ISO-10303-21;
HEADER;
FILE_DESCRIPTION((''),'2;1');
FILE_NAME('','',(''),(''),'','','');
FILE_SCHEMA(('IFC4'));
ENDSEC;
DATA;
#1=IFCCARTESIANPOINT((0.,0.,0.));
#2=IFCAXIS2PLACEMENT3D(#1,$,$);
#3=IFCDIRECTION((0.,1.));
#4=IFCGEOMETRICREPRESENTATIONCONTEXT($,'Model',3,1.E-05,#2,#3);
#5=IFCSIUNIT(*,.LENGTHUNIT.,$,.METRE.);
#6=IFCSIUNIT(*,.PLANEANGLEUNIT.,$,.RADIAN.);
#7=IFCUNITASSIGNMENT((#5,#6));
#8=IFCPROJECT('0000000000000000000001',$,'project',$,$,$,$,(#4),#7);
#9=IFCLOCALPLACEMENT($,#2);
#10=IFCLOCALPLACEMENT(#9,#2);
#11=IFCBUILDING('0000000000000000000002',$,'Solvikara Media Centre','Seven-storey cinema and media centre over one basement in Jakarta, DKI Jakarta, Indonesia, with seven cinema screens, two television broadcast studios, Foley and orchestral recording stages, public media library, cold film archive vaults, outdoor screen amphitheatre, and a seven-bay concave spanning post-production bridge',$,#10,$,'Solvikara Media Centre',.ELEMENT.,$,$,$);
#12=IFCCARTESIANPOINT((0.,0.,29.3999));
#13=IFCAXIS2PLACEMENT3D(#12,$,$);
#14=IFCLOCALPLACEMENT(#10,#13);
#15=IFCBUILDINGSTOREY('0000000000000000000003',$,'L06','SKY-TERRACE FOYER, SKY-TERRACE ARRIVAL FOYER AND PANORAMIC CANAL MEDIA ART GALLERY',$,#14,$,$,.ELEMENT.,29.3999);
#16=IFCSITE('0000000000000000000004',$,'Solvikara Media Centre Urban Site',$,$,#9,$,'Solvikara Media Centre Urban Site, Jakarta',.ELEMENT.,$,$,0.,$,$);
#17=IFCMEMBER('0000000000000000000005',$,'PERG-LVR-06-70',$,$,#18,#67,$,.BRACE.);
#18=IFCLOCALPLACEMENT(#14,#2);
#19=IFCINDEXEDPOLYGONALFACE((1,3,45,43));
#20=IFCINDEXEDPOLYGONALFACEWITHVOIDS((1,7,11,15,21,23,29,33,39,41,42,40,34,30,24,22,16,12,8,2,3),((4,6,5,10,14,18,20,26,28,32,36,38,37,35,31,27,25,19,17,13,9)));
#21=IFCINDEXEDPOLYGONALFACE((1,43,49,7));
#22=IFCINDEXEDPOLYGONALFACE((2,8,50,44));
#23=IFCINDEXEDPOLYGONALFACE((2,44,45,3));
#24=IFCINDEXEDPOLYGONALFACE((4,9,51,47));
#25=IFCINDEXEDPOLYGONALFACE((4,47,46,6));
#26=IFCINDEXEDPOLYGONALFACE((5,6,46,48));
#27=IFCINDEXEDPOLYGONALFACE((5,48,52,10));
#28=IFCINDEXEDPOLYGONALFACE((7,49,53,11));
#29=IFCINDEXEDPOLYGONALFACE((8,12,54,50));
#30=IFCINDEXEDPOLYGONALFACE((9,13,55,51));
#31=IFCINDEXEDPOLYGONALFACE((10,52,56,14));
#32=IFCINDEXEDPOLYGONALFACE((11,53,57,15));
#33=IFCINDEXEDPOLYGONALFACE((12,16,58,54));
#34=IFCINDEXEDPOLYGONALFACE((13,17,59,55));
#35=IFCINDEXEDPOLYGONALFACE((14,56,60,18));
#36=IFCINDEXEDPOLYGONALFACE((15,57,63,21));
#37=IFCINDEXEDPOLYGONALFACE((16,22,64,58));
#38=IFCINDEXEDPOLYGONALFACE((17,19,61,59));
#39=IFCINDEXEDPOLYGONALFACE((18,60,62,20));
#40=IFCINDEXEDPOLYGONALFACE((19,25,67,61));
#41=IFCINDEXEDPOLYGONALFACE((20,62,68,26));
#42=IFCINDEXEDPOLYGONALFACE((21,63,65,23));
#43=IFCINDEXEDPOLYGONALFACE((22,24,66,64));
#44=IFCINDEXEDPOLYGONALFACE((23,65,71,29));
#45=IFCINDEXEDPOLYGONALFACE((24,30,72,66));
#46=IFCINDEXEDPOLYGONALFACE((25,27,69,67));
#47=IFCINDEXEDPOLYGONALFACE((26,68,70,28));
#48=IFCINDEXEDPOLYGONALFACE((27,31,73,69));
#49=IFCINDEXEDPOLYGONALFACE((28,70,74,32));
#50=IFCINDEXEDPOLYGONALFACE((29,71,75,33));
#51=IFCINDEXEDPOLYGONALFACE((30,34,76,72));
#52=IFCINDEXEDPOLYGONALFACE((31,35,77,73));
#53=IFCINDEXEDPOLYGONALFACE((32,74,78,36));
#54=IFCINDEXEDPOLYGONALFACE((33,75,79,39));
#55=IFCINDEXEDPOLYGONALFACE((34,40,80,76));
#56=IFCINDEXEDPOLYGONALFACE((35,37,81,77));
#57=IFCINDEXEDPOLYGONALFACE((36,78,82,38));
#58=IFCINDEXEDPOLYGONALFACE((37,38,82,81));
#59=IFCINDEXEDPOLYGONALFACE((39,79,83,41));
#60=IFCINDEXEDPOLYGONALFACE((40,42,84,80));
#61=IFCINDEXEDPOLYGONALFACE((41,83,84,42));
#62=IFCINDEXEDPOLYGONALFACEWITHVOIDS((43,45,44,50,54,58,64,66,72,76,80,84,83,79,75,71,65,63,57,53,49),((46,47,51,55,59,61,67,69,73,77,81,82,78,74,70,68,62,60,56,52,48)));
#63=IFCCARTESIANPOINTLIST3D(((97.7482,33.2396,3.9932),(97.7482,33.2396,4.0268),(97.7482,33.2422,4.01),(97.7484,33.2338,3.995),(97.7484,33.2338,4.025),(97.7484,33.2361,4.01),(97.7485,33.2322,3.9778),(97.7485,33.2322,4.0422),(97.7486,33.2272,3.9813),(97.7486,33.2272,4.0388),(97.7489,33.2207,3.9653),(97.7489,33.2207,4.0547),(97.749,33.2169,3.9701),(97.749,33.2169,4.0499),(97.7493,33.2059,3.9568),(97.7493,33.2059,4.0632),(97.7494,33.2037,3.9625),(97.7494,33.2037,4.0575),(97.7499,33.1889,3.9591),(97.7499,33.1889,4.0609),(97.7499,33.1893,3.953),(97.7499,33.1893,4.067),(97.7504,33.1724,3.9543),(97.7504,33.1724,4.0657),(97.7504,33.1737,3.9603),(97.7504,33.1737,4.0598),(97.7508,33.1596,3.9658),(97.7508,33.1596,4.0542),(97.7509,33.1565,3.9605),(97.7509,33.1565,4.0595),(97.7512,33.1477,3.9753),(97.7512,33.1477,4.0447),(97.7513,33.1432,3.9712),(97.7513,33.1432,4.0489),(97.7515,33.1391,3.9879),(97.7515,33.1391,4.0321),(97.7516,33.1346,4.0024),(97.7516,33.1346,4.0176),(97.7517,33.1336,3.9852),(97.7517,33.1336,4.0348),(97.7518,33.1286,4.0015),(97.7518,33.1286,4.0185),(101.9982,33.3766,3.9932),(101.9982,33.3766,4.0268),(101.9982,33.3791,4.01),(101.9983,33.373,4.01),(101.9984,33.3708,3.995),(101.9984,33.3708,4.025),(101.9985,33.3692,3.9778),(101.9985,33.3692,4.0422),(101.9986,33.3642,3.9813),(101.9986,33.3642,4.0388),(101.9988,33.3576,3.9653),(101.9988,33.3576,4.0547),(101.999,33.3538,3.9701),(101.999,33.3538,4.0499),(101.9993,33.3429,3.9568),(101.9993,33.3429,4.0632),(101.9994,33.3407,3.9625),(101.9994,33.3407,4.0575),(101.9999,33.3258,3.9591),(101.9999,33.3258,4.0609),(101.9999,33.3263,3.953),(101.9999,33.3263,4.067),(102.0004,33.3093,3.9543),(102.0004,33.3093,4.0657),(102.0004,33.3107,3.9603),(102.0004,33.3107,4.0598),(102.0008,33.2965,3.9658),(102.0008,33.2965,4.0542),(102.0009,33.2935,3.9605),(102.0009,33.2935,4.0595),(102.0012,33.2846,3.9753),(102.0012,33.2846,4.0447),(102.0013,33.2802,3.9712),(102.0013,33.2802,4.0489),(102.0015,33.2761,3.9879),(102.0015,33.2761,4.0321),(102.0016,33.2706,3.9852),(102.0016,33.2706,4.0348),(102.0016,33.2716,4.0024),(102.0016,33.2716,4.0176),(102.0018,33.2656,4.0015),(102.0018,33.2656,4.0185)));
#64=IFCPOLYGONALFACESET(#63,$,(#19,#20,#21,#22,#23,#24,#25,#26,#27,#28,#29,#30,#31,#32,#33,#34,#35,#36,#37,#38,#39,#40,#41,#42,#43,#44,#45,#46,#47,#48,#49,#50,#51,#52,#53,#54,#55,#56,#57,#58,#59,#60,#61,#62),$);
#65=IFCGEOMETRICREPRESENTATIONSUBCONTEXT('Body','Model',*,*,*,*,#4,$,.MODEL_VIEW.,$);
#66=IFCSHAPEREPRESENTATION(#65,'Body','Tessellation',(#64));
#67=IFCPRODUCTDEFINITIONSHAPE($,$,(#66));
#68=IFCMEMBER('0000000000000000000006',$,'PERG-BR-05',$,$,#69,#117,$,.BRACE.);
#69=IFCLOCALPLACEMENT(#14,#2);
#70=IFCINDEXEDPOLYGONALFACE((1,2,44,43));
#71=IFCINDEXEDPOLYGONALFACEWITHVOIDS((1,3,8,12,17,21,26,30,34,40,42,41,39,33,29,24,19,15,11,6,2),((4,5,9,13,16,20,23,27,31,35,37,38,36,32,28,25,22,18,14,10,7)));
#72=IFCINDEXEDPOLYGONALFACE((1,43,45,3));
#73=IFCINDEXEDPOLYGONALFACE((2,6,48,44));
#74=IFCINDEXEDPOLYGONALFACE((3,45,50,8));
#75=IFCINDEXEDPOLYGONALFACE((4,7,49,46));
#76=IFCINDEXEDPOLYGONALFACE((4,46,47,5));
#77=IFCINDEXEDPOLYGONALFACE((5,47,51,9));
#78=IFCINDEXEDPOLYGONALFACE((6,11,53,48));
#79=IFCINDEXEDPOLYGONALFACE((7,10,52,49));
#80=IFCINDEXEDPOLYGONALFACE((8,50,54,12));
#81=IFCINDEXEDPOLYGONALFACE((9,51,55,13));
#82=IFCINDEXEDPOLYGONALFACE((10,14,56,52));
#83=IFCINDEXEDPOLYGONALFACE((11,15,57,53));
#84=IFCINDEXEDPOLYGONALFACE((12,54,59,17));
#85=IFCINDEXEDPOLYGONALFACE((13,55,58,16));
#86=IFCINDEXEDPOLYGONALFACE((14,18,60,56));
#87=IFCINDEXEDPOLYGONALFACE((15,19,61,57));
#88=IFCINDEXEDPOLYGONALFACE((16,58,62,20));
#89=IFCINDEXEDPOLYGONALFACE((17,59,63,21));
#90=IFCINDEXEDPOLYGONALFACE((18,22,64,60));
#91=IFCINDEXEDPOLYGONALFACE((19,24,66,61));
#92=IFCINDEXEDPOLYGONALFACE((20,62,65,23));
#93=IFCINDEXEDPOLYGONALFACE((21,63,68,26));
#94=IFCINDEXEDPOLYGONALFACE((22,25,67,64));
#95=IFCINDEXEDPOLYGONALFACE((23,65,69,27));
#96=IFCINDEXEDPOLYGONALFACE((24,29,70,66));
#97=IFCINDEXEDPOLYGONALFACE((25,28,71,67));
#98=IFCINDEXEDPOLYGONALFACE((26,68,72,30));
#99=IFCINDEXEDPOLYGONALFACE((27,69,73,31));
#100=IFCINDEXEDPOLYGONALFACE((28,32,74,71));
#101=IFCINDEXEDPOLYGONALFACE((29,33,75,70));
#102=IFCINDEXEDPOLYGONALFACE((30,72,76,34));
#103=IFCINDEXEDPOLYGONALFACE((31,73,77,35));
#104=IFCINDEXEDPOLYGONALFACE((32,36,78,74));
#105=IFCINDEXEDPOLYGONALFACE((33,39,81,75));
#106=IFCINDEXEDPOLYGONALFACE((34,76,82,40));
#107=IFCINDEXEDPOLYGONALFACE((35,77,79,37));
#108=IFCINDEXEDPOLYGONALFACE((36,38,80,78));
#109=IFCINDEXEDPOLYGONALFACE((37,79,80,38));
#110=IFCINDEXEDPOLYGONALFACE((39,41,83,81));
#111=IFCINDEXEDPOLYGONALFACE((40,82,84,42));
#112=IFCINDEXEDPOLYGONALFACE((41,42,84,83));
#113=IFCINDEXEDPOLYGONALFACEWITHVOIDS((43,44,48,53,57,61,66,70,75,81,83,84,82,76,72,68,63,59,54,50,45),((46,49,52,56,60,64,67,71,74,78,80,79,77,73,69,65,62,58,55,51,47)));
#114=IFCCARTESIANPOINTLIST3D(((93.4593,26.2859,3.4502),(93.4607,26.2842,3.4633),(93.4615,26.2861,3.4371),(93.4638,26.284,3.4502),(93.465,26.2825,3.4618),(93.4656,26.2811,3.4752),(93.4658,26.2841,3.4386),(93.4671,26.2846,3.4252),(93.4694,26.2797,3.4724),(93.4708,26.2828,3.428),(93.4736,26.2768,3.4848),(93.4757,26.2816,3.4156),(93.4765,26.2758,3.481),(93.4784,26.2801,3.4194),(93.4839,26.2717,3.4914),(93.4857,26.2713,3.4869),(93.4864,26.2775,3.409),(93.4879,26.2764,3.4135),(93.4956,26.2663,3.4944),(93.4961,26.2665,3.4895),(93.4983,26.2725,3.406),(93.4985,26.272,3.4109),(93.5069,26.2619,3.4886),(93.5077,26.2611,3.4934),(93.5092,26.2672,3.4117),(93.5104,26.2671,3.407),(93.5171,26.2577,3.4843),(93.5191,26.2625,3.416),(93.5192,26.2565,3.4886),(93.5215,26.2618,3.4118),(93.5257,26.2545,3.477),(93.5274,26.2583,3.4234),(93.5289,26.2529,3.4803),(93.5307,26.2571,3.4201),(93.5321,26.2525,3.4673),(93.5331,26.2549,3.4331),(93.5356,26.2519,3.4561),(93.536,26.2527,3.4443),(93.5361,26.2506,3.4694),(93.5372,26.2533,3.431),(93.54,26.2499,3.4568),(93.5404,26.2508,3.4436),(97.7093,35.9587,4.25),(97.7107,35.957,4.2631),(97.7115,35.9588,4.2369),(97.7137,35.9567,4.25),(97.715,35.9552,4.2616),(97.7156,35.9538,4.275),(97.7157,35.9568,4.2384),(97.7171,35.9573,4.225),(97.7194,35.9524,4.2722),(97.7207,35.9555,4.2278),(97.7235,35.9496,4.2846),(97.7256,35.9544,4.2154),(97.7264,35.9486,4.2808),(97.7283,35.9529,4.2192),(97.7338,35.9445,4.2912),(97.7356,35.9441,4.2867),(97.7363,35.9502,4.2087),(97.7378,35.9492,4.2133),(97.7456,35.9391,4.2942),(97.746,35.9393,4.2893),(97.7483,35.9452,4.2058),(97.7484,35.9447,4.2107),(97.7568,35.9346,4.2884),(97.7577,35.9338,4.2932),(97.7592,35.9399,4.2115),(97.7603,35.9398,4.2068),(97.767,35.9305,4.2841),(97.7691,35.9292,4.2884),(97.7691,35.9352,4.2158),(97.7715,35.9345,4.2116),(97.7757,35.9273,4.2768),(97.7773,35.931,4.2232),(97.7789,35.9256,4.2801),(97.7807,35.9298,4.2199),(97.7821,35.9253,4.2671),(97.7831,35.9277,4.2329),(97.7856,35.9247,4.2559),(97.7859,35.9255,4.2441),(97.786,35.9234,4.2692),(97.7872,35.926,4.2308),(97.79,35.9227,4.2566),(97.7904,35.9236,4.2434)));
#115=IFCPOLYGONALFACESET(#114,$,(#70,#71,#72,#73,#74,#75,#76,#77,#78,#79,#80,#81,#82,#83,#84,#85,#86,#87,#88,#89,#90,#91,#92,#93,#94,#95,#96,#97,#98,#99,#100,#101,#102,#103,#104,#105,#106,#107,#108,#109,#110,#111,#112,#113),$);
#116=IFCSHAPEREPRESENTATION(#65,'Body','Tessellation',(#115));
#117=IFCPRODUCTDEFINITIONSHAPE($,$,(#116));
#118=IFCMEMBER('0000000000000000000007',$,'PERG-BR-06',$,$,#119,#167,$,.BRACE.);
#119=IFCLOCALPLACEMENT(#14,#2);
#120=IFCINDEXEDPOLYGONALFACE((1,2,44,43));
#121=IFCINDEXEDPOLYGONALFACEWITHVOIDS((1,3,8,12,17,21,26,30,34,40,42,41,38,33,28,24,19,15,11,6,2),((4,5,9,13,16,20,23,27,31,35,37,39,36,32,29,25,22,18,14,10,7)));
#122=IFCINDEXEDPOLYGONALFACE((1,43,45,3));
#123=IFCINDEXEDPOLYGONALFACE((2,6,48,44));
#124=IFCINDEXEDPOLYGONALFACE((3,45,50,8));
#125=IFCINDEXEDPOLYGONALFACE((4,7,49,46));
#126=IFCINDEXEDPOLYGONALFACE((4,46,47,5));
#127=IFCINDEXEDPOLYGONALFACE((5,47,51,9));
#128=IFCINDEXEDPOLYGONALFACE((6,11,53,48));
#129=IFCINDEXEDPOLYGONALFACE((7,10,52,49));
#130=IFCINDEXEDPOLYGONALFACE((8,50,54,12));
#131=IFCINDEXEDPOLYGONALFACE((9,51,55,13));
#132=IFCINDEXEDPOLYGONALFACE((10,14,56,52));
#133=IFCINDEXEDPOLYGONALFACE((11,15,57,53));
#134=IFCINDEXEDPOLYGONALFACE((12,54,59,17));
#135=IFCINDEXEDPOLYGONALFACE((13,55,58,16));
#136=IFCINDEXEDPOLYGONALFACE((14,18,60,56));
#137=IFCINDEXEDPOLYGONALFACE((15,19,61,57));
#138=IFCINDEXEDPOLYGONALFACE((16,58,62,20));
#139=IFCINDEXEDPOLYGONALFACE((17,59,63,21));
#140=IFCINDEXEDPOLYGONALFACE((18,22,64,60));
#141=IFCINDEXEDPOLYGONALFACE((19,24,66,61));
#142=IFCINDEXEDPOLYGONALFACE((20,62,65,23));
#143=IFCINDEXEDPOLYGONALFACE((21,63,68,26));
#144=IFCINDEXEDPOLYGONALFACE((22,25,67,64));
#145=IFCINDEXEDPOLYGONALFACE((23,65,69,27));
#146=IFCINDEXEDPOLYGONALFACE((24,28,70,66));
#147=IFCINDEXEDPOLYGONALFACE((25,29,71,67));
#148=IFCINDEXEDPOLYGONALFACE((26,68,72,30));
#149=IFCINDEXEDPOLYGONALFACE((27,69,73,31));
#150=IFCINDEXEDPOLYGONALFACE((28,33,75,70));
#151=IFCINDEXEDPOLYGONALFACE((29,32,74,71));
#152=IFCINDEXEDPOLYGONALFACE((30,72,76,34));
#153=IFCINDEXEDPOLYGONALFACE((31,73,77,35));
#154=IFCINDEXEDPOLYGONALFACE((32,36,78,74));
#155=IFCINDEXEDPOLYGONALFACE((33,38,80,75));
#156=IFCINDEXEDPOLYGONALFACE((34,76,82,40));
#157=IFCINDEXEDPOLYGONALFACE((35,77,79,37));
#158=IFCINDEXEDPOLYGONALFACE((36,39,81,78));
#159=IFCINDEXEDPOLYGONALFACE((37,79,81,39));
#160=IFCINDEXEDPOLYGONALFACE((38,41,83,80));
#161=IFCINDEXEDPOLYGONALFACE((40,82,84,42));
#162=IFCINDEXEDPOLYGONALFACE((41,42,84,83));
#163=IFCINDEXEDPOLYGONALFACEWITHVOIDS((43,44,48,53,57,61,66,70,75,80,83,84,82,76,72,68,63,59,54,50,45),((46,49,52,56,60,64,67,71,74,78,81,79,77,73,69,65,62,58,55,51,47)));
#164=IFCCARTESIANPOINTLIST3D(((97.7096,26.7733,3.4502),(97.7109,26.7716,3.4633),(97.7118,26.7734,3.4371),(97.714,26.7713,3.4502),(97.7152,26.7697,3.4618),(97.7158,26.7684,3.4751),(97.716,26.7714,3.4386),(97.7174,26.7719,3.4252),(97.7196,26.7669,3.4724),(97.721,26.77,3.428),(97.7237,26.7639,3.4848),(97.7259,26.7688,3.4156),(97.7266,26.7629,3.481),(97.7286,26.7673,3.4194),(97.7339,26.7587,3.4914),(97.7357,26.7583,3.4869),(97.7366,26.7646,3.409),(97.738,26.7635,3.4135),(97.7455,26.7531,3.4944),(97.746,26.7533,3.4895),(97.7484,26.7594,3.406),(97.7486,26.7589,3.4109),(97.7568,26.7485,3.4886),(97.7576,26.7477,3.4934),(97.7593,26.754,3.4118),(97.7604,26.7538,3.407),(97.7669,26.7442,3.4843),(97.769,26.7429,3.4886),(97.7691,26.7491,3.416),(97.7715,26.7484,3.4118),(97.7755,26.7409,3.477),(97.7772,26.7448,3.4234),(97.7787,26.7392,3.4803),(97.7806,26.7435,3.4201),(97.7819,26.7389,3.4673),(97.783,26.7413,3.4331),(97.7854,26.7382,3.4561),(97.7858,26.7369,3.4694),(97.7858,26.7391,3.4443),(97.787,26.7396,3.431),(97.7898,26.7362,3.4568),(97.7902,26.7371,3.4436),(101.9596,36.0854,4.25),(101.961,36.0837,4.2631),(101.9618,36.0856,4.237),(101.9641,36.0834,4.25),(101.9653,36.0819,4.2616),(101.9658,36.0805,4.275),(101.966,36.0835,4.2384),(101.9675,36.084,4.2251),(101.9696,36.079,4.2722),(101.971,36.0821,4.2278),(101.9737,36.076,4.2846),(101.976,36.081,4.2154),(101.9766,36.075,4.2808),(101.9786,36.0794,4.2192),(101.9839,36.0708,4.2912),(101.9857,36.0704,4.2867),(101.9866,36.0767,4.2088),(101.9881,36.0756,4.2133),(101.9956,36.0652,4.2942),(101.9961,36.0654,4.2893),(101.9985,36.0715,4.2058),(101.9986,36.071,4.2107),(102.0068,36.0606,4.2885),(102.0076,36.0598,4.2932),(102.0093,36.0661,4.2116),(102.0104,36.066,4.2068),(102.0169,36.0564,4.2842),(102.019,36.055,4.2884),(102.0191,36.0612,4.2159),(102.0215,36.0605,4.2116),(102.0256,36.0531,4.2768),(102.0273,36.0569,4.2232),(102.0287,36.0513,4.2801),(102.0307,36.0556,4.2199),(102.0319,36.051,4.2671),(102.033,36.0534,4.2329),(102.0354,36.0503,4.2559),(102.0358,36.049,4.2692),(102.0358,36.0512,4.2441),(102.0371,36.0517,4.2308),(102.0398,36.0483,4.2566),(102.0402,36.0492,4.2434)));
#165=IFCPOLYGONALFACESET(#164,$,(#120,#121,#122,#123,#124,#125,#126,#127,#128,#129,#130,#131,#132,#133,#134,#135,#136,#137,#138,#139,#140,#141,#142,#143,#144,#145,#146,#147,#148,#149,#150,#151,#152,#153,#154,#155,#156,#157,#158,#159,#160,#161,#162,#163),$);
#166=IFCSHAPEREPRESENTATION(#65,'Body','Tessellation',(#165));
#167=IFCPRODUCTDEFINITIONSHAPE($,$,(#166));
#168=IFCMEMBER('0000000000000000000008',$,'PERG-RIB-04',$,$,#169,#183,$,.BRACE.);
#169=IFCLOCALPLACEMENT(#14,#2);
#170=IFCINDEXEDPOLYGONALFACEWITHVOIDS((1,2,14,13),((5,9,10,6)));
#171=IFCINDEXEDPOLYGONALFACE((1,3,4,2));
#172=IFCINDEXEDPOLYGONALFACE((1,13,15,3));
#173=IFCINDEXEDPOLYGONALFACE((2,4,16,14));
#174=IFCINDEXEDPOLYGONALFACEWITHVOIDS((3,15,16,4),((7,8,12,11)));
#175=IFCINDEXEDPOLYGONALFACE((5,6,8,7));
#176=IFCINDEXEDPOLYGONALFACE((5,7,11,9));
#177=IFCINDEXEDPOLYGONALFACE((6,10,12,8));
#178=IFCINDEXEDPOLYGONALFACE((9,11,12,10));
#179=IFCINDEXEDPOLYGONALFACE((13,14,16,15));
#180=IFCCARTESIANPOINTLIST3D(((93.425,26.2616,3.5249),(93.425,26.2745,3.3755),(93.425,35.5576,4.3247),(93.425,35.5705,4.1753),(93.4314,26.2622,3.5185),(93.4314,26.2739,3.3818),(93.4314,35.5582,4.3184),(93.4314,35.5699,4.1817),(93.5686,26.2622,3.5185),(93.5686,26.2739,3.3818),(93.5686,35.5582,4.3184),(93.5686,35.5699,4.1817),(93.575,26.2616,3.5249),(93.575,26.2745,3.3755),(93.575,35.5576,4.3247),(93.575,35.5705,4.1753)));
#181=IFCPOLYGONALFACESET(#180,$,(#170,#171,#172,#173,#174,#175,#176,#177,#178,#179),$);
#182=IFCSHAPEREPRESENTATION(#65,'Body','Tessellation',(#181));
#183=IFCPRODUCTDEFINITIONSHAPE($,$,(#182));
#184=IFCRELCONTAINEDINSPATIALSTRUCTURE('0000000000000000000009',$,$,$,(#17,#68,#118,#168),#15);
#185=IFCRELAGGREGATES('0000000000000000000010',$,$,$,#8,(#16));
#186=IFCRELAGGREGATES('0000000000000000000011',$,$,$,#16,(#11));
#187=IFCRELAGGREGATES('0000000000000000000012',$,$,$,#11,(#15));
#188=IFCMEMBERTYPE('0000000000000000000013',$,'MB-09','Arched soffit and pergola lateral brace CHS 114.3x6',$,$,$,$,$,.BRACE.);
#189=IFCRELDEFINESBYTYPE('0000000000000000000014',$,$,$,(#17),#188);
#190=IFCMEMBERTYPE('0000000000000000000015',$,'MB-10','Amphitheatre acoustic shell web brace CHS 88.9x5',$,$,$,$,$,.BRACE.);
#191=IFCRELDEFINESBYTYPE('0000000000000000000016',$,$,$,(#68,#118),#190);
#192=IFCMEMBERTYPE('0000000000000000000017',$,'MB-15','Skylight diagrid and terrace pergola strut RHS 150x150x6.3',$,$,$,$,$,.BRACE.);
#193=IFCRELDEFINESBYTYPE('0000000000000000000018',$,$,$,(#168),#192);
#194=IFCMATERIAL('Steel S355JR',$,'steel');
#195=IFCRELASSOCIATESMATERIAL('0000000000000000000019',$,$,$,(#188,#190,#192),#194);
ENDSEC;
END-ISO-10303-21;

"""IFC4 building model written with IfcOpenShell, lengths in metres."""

from ifc_helpers import new_model, si_unit, direction, frame, origin, origin_2d, place, context, subcontext, project, spatial, hollow_rectangle, hollow_circle, extrude, material, material_profile, profile_set, type_object, element, save


model = new_model("IFC4")

# Units and contexts
model_context = context("Model", 3, precision=1e-05, world=origin(), true_north=direction((0.0, 1.0)))
body_context = subcontext(model_context, "Body", "Model", "MODEL_VIEW")
ifc_project = project(units=[si_unit("LENGTHUNIT", "METRE"), si_unit("PLANEANGLEUNIT", "RADIAN")], contexts=[model_context])

# Site, building, storey
site_placement = place(None, origin())
site = spatial("IfcSite", under=ifc_project, at=site_placement, Name="Solvikara Media Centre Urban Site", LongName="Solvikara Media Centre Urban Site, Jakarta", CompositionType="ELEMENT", RefElevation=0.0)
building_placement = place(site_placement, origin())
building = spatial("IfcBuilding", under=site, at=building_placement, Name="Solvikara Media Centre", Description="Seven-storey cinema and media centre over one basement in Jakarta, DKI Jakarta, Indonesia, with seven cinema screens, two television broadcast studios, Foley and orchestral recording stages, public media library, cold film archive vaults, outdoor screen amphitheatre, and a seven-bay concave spanning post-production bridge", LongName="Solvikara Media Centre", CompositionType="ELEMENT")
storey_placement = place(building_placement, frame((0.0, 0.0, 29.3999)))
storey = spatial("IfcBuildingStorey", under=building, at=storey_placement, Name="L06", Description="SKY-TERRACE FOYER, SKY-TERRACE ARRIVAL FOYER AND PANORAMIC CANAL MEDIA ART GALLERY", CompositionType="ELEMENT", Elevation=29.3999)

# Shared definitions
ifc_material_1 = material(Name="Steel S355JR", Category="steel")

# Members
ifc_material_profile_1 = material_profile(ifc_material_1, hollow_circle(Radius=0.0571, WallThickness=0.0061, at=origin_2d()), Name="CHS 114.3x6")
ifc_profile_set_1 = profile_set([ifc_material_profile_1], Name="Steel S355JR")
member_type_1 = type_object("IfcMemberType", Name="MB-09", Description="Arched soffit and pergola lateral brace CHS 114.3x6", PredefinedType="BRACE", material=ifc_profile_set_1)
member_1_placement = place(storey_placement, frame((97.75, 33.1851, 4.01), z_axis=(0.999481, 0.03221, 0.0), x_axis=(-0.03221, 0.999481, 0.0)))
element("IfcMember", 1, at=member_1_placement, inside=storey, type_object=member_type_1, Name="PERG-LVR-06-70", PredefinedType="BRACE", context=body_context, shape_type="SweptSolid", body=[
    extrude(hollow_circle(Radius=0.0571, WallThickness=0.0061, at=origin_2d()), origin(), (0.0, 0.0, 1.0), 4.2522),
])
ifc_material_profile_2 = material_profile(ifc_material_1, hollow_circle(Radius=0.0444, WallThickness=0.0049, at=origin_2d()), Name="CHS 88.9x5")
ifc_profile_set_2 = profile_set([ifc_material_profile_2], Name="Steel S355JR")
member_type_2 = type_object("IfcMemberType", Name="MB-10", Description="Amphitheatre acoustic shell web brace CHS 88.9x5", PredefinedType="BRACE", material=ifc_profile_set_2)
member_2_placement = place(storey_placement, frame((93.5, 26.2681, 3.4502), z_axis=(0.401111, 0.912914, 0.075485), x_axis=(-0.915526, 0.402258, 0.0)))
element("IfcMember", 2, at=member_2_placement, inside=storey, type_object=member_type_2, Name="PERG-BR-05", PredefinedType="BRACE", context=body_context, shape_type="SweptSolid", body=[
    extrude(hollow_circle(Radius=0.0444, WallThickness=0.0049, at=origin_2d()), origin(), (0.0, 0.0, 1.0), 10.5955),
])
member_3_placement = place(storey_placement, frame((97.75, 26.7549, 3.4502), z_axis=(0.413939, 0.906965, 0.077899), x_axis=(-0.90973, 0.415201, 0.0)))
element("IfcMember", 3, at=member_3_placement, inside=storey, type_object=member_type_2, Name="PERG-BR-06", PredefinedType="BRACE", context=body_context, shape_type="SweptSolid", body=[
    extrude(hollow_circle(Radius=0.0444, WallThickness=0.0049, at=origin_2d()), origin(), (0.0, 0.0, 1.0), 10.2673),
])
ifc_material_profile_3 = material_profile(ifc_material_1, hollow_rectangle(XDim=0.1499, YDim=0.1499, WallThickness=0.0063, at=origin_2d()), Name="RHS 150x150x6.3")
ifc_profile_set_3 = profile_set([ifc_material_profile_3], Name="Steel S355JR")
member_type_3 = type_object("IfcMemberType", Name="MB-15", Description="Skylight diagrid and terrace pergola strut RHS 150x150x6.3", PredefinedType="BRACE", material=ifc_profile_set_3)
member_4_placement = place(storey_placement, frame((93.5, 26.2681, 3.4502), z_axis=(0.0, 0.996319, 0.085722), x_axis=(-1.0, 0.0, 0.0)))
element("IfcMember", 4, at=member_4_placement, inside=storey, type_object=member_type_3, Name="PERG-RIB-04", PredefinedType="BRACE", context=body_context, shape_type="SweptSolid", body=[
    extrude(hollow_rectangle(XDim=0.1499, YDim=0.1499, WallThickness=0.0063, at=origin_2d()), origin(), (0.0, 0.0, 1.0), 9.3303),
])

save(model, "model.ifc")
